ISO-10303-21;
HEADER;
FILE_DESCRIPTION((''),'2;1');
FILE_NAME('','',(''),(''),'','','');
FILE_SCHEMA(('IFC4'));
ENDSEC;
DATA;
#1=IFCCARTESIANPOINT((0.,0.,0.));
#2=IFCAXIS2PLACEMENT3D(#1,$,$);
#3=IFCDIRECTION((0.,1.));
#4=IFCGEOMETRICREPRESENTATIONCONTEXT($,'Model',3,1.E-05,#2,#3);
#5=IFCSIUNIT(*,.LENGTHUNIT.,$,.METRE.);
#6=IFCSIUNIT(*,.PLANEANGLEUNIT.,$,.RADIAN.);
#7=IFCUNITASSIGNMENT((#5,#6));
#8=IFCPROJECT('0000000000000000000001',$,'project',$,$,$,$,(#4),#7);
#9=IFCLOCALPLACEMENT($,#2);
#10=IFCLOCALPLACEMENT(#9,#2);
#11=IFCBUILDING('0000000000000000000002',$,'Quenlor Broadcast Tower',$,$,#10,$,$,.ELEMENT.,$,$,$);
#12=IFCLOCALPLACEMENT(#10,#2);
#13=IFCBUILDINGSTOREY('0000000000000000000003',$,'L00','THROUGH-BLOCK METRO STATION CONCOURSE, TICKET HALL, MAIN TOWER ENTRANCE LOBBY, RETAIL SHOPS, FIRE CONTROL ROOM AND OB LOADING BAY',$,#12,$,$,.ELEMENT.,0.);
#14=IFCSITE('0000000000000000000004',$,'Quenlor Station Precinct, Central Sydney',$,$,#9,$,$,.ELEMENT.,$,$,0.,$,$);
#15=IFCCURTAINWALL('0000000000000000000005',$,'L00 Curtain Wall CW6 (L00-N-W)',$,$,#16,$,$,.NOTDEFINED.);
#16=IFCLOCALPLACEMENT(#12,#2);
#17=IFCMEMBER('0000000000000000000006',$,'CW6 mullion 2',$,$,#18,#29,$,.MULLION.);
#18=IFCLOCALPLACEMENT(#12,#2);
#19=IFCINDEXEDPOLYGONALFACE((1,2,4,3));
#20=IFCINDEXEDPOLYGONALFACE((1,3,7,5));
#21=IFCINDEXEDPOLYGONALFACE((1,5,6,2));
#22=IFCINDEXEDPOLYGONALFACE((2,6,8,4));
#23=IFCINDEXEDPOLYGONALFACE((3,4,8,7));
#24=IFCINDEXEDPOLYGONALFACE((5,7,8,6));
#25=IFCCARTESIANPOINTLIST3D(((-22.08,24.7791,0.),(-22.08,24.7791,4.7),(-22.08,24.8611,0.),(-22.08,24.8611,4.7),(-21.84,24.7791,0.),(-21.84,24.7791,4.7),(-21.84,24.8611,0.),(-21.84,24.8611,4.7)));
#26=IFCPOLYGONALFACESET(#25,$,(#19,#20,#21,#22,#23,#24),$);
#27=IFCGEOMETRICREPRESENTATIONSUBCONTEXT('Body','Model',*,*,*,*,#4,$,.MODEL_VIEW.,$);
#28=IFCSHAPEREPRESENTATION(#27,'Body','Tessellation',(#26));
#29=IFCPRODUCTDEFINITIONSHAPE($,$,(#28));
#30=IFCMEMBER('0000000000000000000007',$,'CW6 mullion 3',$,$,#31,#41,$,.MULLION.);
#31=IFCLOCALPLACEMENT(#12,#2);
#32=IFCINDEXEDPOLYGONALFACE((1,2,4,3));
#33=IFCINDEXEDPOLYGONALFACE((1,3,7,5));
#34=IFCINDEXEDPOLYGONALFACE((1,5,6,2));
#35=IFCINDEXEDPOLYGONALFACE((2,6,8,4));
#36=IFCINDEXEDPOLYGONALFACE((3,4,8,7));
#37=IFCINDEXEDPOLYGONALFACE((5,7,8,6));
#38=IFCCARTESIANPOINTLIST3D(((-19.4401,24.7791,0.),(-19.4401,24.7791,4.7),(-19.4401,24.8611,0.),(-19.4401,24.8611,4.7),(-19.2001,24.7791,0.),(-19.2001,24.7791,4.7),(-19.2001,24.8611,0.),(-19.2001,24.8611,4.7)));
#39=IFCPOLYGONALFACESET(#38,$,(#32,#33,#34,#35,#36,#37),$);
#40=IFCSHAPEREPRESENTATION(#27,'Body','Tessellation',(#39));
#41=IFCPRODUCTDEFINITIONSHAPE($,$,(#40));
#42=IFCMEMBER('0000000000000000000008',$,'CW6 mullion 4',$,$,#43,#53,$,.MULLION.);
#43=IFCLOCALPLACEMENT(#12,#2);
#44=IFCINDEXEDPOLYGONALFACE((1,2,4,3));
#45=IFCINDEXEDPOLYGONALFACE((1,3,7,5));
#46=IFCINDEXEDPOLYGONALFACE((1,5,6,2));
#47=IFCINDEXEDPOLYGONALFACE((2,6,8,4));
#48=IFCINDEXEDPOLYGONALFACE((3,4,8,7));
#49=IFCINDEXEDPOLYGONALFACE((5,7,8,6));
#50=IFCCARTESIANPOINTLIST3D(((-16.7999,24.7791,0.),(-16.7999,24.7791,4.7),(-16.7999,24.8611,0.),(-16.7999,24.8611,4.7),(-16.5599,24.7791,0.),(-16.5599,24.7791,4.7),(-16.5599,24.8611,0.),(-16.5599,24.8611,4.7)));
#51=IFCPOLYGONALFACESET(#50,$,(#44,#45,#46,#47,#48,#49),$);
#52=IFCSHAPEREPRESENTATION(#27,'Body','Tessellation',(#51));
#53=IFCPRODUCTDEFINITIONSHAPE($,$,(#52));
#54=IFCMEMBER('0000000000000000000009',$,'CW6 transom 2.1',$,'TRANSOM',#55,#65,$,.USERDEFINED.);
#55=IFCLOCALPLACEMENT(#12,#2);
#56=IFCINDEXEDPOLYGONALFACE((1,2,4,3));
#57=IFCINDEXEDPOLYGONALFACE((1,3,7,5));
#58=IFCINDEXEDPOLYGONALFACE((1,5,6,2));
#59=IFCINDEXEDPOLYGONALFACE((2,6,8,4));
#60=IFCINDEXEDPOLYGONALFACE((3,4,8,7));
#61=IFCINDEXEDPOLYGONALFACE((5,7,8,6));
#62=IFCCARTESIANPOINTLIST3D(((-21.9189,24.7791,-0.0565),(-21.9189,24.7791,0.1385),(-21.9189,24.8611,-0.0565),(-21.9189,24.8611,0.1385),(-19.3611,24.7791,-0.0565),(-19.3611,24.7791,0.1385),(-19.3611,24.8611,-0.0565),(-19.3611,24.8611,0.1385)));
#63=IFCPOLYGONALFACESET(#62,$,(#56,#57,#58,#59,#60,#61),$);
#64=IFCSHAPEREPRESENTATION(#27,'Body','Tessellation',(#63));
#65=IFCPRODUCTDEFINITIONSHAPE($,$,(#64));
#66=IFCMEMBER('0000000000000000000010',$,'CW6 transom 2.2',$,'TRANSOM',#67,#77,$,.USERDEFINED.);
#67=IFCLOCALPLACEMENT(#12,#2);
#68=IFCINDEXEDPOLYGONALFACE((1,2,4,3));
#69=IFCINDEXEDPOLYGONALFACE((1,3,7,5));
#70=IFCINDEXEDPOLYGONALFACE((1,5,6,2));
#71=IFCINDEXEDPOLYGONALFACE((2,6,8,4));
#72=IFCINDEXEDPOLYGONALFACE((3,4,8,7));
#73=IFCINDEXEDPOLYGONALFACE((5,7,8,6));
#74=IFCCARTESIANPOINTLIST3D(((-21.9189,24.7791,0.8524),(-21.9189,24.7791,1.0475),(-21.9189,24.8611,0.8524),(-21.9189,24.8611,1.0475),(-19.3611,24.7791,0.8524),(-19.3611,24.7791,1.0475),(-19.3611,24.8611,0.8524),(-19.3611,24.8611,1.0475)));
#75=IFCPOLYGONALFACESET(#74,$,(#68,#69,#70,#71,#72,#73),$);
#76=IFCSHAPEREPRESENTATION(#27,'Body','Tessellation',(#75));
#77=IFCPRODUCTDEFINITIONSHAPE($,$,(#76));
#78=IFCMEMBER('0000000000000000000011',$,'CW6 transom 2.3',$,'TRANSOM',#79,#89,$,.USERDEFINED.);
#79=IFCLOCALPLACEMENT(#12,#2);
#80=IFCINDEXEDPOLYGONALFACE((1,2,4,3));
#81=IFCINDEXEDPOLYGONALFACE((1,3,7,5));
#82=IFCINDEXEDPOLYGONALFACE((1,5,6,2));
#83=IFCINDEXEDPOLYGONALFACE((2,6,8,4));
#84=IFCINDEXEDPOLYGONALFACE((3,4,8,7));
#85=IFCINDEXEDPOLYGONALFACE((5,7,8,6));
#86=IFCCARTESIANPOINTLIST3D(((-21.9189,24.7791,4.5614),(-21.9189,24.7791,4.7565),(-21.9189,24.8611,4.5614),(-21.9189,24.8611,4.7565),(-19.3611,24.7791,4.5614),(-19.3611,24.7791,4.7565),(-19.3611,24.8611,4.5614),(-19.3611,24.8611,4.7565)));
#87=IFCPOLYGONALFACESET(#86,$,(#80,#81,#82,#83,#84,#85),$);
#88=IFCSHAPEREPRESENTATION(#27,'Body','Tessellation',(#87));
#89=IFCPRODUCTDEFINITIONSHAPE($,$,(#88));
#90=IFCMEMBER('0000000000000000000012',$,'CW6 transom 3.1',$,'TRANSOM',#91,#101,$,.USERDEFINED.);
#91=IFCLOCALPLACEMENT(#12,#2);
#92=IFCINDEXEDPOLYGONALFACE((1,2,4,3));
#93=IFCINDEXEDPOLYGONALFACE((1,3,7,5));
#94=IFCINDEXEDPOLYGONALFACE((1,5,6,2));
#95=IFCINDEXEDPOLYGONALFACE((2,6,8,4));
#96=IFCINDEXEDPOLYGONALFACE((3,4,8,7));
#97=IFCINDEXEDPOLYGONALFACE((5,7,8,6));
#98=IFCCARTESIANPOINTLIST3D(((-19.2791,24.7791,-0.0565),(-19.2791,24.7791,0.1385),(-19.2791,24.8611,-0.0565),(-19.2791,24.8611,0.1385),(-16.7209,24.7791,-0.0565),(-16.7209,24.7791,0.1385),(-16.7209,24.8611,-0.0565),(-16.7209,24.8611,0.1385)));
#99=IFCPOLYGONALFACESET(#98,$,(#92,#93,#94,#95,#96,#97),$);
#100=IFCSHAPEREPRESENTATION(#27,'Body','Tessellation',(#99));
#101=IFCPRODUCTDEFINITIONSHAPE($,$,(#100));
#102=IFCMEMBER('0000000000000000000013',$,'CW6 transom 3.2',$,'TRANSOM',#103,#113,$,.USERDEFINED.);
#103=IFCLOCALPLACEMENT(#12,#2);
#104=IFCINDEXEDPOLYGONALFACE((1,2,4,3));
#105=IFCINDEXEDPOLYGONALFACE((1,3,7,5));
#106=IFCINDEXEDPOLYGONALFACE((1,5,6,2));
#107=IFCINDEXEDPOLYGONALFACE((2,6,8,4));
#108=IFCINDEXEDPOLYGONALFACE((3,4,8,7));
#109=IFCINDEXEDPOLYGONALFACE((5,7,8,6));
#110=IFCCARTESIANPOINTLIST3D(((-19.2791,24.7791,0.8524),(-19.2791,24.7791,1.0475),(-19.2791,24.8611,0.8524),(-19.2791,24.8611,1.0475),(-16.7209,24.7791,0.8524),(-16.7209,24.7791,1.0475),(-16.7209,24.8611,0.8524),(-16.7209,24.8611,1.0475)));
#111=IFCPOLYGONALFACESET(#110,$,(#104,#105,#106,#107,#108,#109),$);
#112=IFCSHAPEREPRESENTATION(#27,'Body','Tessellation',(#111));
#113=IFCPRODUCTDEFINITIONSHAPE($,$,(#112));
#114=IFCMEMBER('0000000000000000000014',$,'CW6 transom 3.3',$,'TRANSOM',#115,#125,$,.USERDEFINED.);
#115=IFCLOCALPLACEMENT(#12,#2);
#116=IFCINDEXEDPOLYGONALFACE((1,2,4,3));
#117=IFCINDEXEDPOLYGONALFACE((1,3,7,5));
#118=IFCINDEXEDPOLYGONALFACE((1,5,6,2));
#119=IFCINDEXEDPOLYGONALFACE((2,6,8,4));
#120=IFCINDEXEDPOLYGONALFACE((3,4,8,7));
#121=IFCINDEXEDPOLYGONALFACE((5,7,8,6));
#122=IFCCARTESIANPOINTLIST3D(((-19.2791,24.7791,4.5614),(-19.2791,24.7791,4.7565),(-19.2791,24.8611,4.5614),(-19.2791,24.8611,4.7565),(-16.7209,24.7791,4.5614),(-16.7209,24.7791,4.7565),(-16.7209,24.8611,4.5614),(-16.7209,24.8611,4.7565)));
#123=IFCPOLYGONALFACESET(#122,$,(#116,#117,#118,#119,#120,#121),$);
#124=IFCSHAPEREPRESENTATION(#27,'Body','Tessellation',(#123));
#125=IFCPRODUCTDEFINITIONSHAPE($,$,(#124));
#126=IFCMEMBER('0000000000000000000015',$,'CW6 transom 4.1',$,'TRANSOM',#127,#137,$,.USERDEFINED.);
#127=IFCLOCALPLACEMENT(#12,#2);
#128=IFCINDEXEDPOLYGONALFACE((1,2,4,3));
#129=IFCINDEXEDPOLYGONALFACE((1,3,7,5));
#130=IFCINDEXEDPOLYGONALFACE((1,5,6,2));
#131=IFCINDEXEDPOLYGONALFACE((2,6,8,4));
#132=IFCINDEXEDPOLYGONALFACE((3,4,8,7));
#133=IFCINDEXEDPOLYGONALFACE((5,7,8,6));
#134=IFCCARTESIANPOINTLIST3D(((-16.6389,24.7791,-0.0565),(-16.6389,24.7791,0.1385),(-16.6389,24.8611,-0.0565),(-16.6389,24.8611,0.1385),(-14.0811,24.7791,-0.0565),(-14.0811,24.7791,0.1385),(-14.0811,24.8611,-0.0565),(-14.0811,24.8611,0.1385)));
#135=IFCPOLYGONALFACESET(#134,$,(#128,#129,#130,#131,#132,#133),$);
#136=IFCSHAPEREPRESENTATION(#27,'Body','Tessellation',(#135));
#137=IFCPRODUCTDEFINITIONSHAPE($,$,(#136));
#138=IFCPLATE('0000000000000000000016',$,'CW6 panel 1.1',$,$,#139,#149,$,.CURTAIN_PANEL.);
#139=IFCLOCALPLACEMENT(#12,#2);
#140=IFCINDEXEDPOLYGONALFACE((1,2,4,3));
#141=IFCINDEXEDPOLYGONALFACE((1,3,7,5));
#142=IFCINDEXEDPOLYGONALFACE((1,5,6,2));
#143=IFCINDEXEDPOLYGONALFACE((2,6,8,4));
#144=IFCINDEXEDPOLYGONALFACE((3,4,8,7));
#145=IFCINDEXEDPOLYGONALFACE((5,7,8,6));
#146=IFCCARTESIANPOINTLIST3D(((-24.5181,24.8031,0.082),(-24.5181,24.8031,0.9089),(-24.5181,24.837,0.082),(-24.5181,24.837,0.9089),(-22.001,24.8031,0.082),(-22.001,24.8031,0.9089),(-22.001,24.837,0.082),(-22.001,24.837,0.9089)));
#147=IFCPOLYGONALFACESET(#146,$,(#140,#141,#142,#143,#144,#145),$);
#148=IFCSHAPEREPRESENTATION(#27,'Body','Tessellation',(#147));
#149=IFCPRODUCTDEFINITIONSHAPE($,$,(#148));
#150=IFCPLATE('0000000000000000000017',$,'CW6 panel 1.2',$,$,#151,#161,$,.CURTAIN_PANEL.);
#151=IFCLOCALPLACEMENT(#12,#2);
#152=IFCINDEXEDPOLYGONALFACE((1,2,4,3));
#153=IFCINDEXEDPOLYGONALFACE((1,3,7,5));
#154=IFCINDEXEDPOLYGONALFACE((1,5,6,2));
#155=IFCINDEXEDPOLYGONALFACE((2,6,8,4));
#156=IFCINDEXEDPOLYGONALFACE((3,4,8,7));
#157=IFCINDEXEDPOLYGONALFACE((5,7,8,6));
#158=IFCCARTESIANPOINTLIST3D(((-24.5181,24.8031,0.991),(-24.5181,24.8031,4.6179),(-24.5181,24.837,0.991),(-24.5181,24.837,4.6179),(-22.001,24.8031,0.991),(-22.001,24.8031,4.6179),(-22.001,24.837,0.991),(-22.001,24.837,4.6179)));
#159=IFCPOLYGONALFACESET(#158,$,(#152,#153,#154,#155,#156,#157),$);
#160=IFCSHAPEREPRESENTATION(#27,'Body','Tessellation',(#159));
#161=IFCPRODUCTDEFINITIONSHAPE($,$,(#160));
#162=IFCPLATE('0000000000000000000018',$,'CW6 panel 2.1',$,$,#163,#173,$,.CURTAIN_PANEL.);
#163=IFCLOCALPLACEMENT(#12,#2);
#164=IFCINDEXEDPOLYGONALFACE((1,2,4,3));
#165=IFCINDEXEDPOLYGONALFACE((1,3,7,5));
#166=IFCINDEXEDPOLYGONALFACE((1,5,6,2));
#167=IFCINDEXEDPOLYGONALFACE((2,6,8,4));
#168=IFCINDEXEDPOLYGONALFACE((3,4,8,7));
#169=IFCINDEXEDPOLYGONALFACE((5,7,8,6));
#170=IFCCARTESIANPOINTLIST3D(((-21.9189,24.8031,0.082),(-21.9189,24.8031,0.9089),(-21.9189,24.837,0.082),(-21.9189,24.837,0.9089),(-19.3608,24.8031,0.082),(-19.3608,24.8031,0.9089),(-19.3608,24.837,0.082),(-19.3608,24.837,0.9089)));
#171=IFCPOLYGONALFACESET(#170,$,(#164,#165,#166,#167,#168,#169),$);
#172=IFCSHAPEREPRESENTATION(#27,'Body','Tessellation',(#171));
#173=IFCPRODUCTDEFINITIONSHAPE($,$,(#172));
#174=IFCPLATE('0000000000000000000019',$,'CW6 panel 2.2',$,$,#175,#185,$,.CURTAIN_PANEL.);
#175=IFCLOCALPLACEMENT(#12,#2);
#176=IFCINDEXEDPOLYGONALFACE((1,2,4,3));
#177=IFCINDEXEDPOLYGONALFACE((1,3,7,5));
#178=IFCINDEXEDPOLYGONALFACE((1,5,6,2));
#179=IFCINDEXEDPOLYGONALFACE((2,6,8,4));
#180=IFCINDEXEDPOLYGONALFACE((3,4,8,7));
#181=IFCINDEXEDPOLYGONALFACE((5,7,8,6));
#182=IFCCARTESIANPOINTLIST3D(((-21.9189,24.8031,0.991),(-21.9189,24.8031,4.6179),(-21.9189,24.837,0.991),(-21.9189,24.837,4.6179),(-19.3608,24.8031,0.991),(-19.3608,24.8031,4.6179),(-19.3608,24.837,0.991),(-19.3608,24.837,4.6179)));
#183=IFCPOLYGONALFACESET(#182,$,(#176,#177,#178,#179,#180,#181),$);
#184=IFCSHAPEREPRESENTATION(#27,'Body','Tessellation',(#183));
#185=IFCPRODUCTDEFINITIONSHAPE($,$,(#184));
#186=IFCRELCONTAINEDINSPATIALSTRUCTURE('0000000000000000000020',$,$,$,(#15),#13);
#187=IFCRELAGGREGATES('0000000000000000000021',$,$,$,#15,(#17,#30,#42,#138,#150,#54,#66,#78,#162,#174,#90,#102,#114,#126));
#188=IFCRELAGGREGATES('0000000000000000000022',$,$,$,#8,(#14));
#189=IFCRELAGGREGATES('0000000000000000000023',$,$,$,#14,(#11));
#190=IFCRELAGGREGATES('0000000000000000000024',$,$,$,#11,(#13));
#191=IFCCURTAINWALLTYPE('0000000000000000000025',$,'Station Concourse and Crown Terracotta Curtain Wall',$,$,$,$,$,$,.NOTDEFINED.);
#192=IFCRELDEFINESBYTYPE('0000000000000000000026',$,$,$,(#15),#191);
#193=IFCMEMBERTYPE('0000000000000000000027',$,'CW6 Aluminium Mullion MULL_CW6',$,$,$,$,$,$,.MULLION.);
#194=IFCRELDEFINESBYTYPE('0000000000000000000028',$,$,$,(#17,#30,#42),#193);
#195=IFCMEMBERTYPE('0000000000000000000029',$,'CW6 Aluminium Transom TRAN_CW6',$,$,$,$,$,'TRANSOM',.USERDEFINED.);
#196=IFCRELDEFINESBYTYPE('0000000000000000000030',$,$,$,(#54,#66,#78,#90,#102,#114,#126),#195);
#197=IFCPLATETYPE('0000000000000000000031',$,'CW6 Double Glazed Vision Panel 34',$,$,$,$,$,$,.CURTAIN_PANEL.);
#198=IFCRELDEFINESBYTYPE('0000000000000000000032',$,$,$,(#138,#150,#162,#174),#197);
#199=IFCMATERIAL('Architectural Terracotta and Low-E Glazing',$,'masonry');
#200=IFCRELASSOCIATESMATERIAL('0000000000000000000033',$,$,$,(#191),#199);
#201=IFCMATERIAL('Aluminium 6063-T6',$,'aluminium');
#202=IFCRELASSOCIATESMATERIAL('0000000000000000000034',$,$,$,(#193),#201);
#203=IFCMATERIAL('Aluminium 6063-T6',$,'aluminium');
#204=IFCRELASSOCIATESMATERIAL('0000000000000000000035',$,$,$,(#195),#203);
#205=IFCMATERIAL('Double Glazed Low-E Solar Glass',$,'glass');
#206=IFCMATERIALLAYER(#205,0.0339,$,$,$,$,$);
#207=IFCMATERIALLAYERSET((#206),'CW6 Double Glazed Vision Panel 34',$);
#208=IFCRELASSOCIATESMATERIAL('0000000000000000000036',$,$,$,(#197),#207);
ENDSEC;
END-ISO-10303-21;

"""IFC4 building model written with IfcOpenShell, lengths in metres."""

from ifc_helpers import new_model, si_unit, direction, frame, origin, origin_2d, place, context, subcontext, project, spatial, rectangle, extrude, material, layer, layer_set, material_profile, profile_set, type_object, element, aggregate, save


model = new_model("IFC4")

# Units and contexts
model_context = context("Model", 3, precision=1e-05, world=origin(), true_north=direction((0.0, 1.0)))
body_context = subcontext(model_context, "Body", "Model", "MODEL_VIEW")
ifc_project = project(units=[si_unit("LENGTHUNIT", "METRE"), si_unit("PLANEANGLEUNIT", "RADIAN")], contexts=[model_context])

# Site, building, storey
site_placement = place(None, origin())
site = spatial("IfcSite", under=ifc_project, at=site_placement, Name="Quenlor Station Precinct, Central Sydney", CompositionType="ELEMENT", RefElevation=0.0)
building_placement = place(site_placement, origin())
building = spatial("IfcBuilding", under=site, at=building_placement, Name="Quenlor Broadcast Tower", CompositionType="ELEMENT")
storey_placement = place(building_placement, origin())
storey = spatial("IfcBuildingStorey", under=building, at=storey_placement, Name="L00", Description="THROUGH-BLOCK METRO STATION CONCOURSE, TICKET HALL, MAIN TOWER ENTRANCE LOBBY, RETAIL SHOPS, FIRE CONTROL ROOM AND OB LOADING BAY", CompositionType="ELEMENT", Elevation=0.0)

# Curtain wall, members, plates
ifc_material_1 = material(Name="Architectural Terracotta and Low-E Glazing", Category="masonry")
curtain_wall_type = type_object("IfcCurtainWallType", Name="Station Concourse and Crown Terracotta Curtain Wall", PredefinedType="NOTDEFINED", material=ifc_material_1)
curtain_wall_placement = place(storey_placement, origin())
curtain_wall = element("IfcCurtainWall", 1, at=curtain_wall_placement, inside=storey, type_object=curtain_wall_type, Name="L00 Curtain Wall CW6 (L00-N-W)", PredefinedType="NOTDEFINED")
ifc_material_2 = material(Name="Aluminium 6063-T6", Category="aluminium")
ifc_material_profile_1 = material_profile(ifc_material_2, rectangle(XDim=0.082, YDim=0.24, at=origin_2d()))
ifc_profile_set_1 = profile_set([ifc_material_profile_1], Name="Aluminium 6063-T6 MULL82x240")
member_type_1 = type_object("IfcMemberType", Name="CW6 Aluminium Mullion MULL_CW6", PredefinedType="MULLION", material=ifc_profile_set_1)
member_1_placement = place(storey_placement, frame((-21.96, 24.8201, 0.0), z_axis=(0.0, 0.0, 1.0), x_axis=(0.0, 1.0, 0.0)))
member_1 = element("IfcMember", 2, at=member_1_placement, type_object=member_type_1, Name="CW6 mullion 2", PredefinedType="MULLION", context=body_context, shape_type="SweptSolid", body=[
    extrude(rectangle(XDim=0.082, YDim=0.24, at=origin_2d()), origin(), (0.0, 0.0, 1.0), 4.7),
])
member_2_placement = place(storey_placement, frame((-19.3201, 24.8201, 0.0), z_axis=(0.0, 0.0, 1.0), x_axis=(0.0, 1.0, 0.0)))
member_2 = element("IfcMember", 3, at=member_2_placement, type_object=member_type_1, Name="CW6 mullion 3", PredefinedType="MULLION", context=body_context, shape_type="SweptSolid", body=[
    extrude(rectangle(XDim=0.082, YDim=0.24, at=origin_2d()), origin(), (0.0, 0.0, 1.0), 4.7),
])
member_3_placement = place(storey_placement, frame((-16.6799, 24.8201, 0.0), z_axis=(0.0, 0.0, 1.0), x_axis=(0.0, 1.0, 0.0)))
member_3 = element("IfcMember", 4, at=member_3_placement, type_object=member_type_1, Name="CW6 mullion 4", PredefinedType="MULLION", context=body_context, shape_type="SweptSolid", body=[
    extrude(rectangle(XDim=0.082, YDim=0.24, at=origin_2d()), origin(), (0.0, 0.0, 1.0), 4.7),
])
ifc_material_3 = material(Name="Aluminium 6063-T6", Category="aluminium")
ifc_material_profile_2 = material_profile(ifc_material_3, rectangle(XDim=0.082, YDim=0.1951, at=origin_2d()))
ifc_profile_set_2 = profile_set([ifc_material_profile_2], Name="Aluminium 6063-T6 TRAN82x195")
member_type_2 = type_object("IfcMemberType", Name="CW6 Aluminium Transom TRAN_CW6", ElementType="TRANSOM", PredefinedType="USERDEFINED", material=ifc_profile_set_2)
member_4_placement = place(storey_placement, frame((-21.9189, 24.8201, 0.041), z_axis=(1.0, 0.0, 0.0), x_axis=(0.0, 1.0, 0.0)))
member_4 = element("IfcMember", 5, at=member_4_placement, type_object=member_type_2, Name="CW6 transom 2.1", ObjectType="TRANSOM", PredefinedType="USERDEFINED", context=body_context, shape_type="SweptSolid", body=[
    extrude(rectangle(XDim=0.082, YDim=0.1951, at=origin_2d()), origin(), (0.0, 0.0, 1.0), 2.5579),
])
member_5_placement = place(storey_placement, frame((-21.9189, 24.8201, 0.95), z_axis=(1.0, 0.0, 0.0), x_axis=(0.0, 1.0, 0.0)))
member_5 = element("IfcMember", 6, at=member_5_placement, type_object=member_type_2, Name="CW6 transom 2.2", ObjectType="TRANSOM", PredefinedType="USERDEFINED", context=body_context, shape_type="SweptSolid", body=[
    extrude(rectangle(XDim=0.082, YDim=0.1951, at=origin_2d()), origin(), (0.0, 0.0, 1.0), 2.5579),
])
member_6_placement = place(storey_placement, frame((-21.9189, 24.8201, 4.6589), z_axis=(1.0, 0.0, 0.0), x_axis=(0.0, 1.0, 0.0)))
member_6 = element("IfcMember", 7, at=member_6_placement, type_object=member_type_2, Name="CW6 transom 2.3", ObjectType="TRANSOM", PredefinedType="USERDEFINED", context=body_context, shape_type="SweptSolid", body=[
    extrude(rectangle(XDim=0.082, YDim=0.1951, at=origin_2d()), origin(), (0.0, 0.0, 1.0), 2.5579),
])
member_7_placement = place(storey_placement, frame((-19.2791, 24.8201, 0.041), z_axis=(1.0, 0.0, 0.0), x_axis=(0.0, 1.0, 0.0)))
member_7 = element("IfcMember", 8, at=member_7_placement, type_object=member_type_2, Name="CW6 transom 3.1", ObjectType="TRANSOM", PredefinedType="USERDEFINED", context=body_context, shape_type="SweptSolid", body=[
    extrude(rectangle(XDim=0.082, YDim=0.1951, at=origin_2d()), origin(), (0.0, 0.0, 1.0), 2.5581),
])
member_8_placement = place(storey_placement, frame((-19.2791, 24.8201, 0.95), z_axis=(1.0, 0.0, 0.0), x_axis=(0.0, 1.0, 0.0)))
member_8 = element("IfcMember", 9, at=member_8_placement, type_object=member_type_2, Name="CW6 transom 3.2", ObjectType="TRANSOM", PredefinedType="USERDEFINED", context=body_context, shape_type="SweptSolid", body=[
    extrude(rectangle(XDim=0.082, YDim=0.1951, at=origin_2d()), origin(), (0.0, 0.0, 1.0), 2.5581),
])
member_9_placement = place(storey_placement, frame((-19.2791, 24.8201, 4.6589), z_axis=(1.0, 0.0, 0.0), x_axis=(0.0, 1.0, 0.0)))
member_9 = element("IfcMember", 10, at=member_9_placement, type_object=member_type_2, Name="CW6 transom 3.3", ObjectType="TRANSOM", PredefinedType="USERDEFINED", context=body_context, shape_type="SweptSolid", body=[
    extrude(rectangle(XDim=0.082, YDim=0.1951, at=origin_2d()), origin(), (0.0, 0.0, 1.0), 2.5581),
])
member_10_placement = place(storey_placement, frame((-16.6389, 24.8201, 0.041), z_axis=(1.0, 0.0, 0.0), x_axis=(0.0, 1.0, 0.0)))
member_10 = element("IfcMember", 11, at=member_10_placement, type_object=member_type_2, Name="CW6 transom 4.1", ObjectType="TRANSOM", PredefinedType="USERDEFINED", context=body_context, shape_type="SweptSolid", body=[
    extrude(rectangle(XDim=0.082, YDim=0.1951, at=origin_2d()), origin(), (0.0, 0.0, 1.0), 2.5579),
])
ifc_material_4 = material(Name="Double Glazed Low-E Solar Glass", Category="glass")
ifc_layer = layer(ifc_material_4, 0.0339)
ifc_layer_set = layer_set([ifc_layer], Name="CW6 Double Glazed Vision Panel 34")
plate_type = type_object("IfcPlateType", Name="CW6 Double Glazed Vision Panel 34", PredefinedType="CURTAIN_PANEL", material=ifc_layer_set)
plate_1_placement = place(storey_placement, frame((-23.2595, 24.8201, 0.082), z_axis=(0.0, 0.0, 1.0), x_axis=(1.0, 0.0, 0.0)))
plate_1 = element("IfcPlate", 12, at=plate_1_placement, type_object=plate_type, Name="CW6 panel 1.1", PredefinedType="CURTAIN_PANEL", context=body_context, shape_type="SweptSolid", body=[
    extrude(rectangle(XDim=2.5171, YDim=0.0339, at=origin_2d()), origin(), (0.0, 0.0, 1.0), 0.8269),
])
plate_2_placement = place(storey_placement, frame((-23.2595, 24.8201, 0.991), z_axis=(0.0, 0.0, 1.0), x_axis=(1.0, 0.0, 0.0)))
plate_2 = element("IfcPlate", 13, at=plate_2_placement, type_object=plate_type, Name="CW6 panel 1.2", PredefinedType="CURTAIN_PANEL", context=body_context, shape_type="SweptSolid", body=[
    extrude(rectangle(XDim=2.5171, YDim=0.0339, at=origin_2d()), origin(), (0.0, 0.0, 1.0), 3.627),
])
plate_3_placement = place(storey_placement, frame((-20.6399, 24.8201, 0.082), z_axis=(0.0, 0.0, 1.0), x_axis=(1.0, 0.0, 0.0)))
plate_3 = element("IfcPlate", 14, at=plate_3_placement, type_object=plate_type, Name="CW6 panel 2.1", PredefinedType="CURTAIN_PANEL", context=body_context, shape_type="SweptSolid", body=[
    extrude(rectangle(XDim=2.5581, YDim=0.0339, at=origin_2d()), origin(), (0.0, 0.0, 1.0), 0.8269),
])
plate_4_placement = place(storey_placement, frame((-20.6399, 24.8201, 0.991), z_axis=(0.0, 0.0, 1.0), x_axis=(1.0, 0.0, 0.0)))
plate_4 = element("IfcPlate", 15, at=plate_4_placement, type_object=plate_type, Name="CW6 panel 2.2", PredefinedType="CURTAIN_PANEL", context=body_context, shape_type="SweptSolid", body=[
    extrude(rectangle(XDim=2.5581, YDim=0.0339, at=origin_2d()), origin(), (0.0, 0.0, 1.0), 3.627),
])
aggregate(curtain_wall, [member_1, member_2, member_3, plate_1, plate_2, member_4, member_5, member_6, plate_3, plate_4, member_7, member_8, member_9, member_10])

save(model, "model.ifc")
